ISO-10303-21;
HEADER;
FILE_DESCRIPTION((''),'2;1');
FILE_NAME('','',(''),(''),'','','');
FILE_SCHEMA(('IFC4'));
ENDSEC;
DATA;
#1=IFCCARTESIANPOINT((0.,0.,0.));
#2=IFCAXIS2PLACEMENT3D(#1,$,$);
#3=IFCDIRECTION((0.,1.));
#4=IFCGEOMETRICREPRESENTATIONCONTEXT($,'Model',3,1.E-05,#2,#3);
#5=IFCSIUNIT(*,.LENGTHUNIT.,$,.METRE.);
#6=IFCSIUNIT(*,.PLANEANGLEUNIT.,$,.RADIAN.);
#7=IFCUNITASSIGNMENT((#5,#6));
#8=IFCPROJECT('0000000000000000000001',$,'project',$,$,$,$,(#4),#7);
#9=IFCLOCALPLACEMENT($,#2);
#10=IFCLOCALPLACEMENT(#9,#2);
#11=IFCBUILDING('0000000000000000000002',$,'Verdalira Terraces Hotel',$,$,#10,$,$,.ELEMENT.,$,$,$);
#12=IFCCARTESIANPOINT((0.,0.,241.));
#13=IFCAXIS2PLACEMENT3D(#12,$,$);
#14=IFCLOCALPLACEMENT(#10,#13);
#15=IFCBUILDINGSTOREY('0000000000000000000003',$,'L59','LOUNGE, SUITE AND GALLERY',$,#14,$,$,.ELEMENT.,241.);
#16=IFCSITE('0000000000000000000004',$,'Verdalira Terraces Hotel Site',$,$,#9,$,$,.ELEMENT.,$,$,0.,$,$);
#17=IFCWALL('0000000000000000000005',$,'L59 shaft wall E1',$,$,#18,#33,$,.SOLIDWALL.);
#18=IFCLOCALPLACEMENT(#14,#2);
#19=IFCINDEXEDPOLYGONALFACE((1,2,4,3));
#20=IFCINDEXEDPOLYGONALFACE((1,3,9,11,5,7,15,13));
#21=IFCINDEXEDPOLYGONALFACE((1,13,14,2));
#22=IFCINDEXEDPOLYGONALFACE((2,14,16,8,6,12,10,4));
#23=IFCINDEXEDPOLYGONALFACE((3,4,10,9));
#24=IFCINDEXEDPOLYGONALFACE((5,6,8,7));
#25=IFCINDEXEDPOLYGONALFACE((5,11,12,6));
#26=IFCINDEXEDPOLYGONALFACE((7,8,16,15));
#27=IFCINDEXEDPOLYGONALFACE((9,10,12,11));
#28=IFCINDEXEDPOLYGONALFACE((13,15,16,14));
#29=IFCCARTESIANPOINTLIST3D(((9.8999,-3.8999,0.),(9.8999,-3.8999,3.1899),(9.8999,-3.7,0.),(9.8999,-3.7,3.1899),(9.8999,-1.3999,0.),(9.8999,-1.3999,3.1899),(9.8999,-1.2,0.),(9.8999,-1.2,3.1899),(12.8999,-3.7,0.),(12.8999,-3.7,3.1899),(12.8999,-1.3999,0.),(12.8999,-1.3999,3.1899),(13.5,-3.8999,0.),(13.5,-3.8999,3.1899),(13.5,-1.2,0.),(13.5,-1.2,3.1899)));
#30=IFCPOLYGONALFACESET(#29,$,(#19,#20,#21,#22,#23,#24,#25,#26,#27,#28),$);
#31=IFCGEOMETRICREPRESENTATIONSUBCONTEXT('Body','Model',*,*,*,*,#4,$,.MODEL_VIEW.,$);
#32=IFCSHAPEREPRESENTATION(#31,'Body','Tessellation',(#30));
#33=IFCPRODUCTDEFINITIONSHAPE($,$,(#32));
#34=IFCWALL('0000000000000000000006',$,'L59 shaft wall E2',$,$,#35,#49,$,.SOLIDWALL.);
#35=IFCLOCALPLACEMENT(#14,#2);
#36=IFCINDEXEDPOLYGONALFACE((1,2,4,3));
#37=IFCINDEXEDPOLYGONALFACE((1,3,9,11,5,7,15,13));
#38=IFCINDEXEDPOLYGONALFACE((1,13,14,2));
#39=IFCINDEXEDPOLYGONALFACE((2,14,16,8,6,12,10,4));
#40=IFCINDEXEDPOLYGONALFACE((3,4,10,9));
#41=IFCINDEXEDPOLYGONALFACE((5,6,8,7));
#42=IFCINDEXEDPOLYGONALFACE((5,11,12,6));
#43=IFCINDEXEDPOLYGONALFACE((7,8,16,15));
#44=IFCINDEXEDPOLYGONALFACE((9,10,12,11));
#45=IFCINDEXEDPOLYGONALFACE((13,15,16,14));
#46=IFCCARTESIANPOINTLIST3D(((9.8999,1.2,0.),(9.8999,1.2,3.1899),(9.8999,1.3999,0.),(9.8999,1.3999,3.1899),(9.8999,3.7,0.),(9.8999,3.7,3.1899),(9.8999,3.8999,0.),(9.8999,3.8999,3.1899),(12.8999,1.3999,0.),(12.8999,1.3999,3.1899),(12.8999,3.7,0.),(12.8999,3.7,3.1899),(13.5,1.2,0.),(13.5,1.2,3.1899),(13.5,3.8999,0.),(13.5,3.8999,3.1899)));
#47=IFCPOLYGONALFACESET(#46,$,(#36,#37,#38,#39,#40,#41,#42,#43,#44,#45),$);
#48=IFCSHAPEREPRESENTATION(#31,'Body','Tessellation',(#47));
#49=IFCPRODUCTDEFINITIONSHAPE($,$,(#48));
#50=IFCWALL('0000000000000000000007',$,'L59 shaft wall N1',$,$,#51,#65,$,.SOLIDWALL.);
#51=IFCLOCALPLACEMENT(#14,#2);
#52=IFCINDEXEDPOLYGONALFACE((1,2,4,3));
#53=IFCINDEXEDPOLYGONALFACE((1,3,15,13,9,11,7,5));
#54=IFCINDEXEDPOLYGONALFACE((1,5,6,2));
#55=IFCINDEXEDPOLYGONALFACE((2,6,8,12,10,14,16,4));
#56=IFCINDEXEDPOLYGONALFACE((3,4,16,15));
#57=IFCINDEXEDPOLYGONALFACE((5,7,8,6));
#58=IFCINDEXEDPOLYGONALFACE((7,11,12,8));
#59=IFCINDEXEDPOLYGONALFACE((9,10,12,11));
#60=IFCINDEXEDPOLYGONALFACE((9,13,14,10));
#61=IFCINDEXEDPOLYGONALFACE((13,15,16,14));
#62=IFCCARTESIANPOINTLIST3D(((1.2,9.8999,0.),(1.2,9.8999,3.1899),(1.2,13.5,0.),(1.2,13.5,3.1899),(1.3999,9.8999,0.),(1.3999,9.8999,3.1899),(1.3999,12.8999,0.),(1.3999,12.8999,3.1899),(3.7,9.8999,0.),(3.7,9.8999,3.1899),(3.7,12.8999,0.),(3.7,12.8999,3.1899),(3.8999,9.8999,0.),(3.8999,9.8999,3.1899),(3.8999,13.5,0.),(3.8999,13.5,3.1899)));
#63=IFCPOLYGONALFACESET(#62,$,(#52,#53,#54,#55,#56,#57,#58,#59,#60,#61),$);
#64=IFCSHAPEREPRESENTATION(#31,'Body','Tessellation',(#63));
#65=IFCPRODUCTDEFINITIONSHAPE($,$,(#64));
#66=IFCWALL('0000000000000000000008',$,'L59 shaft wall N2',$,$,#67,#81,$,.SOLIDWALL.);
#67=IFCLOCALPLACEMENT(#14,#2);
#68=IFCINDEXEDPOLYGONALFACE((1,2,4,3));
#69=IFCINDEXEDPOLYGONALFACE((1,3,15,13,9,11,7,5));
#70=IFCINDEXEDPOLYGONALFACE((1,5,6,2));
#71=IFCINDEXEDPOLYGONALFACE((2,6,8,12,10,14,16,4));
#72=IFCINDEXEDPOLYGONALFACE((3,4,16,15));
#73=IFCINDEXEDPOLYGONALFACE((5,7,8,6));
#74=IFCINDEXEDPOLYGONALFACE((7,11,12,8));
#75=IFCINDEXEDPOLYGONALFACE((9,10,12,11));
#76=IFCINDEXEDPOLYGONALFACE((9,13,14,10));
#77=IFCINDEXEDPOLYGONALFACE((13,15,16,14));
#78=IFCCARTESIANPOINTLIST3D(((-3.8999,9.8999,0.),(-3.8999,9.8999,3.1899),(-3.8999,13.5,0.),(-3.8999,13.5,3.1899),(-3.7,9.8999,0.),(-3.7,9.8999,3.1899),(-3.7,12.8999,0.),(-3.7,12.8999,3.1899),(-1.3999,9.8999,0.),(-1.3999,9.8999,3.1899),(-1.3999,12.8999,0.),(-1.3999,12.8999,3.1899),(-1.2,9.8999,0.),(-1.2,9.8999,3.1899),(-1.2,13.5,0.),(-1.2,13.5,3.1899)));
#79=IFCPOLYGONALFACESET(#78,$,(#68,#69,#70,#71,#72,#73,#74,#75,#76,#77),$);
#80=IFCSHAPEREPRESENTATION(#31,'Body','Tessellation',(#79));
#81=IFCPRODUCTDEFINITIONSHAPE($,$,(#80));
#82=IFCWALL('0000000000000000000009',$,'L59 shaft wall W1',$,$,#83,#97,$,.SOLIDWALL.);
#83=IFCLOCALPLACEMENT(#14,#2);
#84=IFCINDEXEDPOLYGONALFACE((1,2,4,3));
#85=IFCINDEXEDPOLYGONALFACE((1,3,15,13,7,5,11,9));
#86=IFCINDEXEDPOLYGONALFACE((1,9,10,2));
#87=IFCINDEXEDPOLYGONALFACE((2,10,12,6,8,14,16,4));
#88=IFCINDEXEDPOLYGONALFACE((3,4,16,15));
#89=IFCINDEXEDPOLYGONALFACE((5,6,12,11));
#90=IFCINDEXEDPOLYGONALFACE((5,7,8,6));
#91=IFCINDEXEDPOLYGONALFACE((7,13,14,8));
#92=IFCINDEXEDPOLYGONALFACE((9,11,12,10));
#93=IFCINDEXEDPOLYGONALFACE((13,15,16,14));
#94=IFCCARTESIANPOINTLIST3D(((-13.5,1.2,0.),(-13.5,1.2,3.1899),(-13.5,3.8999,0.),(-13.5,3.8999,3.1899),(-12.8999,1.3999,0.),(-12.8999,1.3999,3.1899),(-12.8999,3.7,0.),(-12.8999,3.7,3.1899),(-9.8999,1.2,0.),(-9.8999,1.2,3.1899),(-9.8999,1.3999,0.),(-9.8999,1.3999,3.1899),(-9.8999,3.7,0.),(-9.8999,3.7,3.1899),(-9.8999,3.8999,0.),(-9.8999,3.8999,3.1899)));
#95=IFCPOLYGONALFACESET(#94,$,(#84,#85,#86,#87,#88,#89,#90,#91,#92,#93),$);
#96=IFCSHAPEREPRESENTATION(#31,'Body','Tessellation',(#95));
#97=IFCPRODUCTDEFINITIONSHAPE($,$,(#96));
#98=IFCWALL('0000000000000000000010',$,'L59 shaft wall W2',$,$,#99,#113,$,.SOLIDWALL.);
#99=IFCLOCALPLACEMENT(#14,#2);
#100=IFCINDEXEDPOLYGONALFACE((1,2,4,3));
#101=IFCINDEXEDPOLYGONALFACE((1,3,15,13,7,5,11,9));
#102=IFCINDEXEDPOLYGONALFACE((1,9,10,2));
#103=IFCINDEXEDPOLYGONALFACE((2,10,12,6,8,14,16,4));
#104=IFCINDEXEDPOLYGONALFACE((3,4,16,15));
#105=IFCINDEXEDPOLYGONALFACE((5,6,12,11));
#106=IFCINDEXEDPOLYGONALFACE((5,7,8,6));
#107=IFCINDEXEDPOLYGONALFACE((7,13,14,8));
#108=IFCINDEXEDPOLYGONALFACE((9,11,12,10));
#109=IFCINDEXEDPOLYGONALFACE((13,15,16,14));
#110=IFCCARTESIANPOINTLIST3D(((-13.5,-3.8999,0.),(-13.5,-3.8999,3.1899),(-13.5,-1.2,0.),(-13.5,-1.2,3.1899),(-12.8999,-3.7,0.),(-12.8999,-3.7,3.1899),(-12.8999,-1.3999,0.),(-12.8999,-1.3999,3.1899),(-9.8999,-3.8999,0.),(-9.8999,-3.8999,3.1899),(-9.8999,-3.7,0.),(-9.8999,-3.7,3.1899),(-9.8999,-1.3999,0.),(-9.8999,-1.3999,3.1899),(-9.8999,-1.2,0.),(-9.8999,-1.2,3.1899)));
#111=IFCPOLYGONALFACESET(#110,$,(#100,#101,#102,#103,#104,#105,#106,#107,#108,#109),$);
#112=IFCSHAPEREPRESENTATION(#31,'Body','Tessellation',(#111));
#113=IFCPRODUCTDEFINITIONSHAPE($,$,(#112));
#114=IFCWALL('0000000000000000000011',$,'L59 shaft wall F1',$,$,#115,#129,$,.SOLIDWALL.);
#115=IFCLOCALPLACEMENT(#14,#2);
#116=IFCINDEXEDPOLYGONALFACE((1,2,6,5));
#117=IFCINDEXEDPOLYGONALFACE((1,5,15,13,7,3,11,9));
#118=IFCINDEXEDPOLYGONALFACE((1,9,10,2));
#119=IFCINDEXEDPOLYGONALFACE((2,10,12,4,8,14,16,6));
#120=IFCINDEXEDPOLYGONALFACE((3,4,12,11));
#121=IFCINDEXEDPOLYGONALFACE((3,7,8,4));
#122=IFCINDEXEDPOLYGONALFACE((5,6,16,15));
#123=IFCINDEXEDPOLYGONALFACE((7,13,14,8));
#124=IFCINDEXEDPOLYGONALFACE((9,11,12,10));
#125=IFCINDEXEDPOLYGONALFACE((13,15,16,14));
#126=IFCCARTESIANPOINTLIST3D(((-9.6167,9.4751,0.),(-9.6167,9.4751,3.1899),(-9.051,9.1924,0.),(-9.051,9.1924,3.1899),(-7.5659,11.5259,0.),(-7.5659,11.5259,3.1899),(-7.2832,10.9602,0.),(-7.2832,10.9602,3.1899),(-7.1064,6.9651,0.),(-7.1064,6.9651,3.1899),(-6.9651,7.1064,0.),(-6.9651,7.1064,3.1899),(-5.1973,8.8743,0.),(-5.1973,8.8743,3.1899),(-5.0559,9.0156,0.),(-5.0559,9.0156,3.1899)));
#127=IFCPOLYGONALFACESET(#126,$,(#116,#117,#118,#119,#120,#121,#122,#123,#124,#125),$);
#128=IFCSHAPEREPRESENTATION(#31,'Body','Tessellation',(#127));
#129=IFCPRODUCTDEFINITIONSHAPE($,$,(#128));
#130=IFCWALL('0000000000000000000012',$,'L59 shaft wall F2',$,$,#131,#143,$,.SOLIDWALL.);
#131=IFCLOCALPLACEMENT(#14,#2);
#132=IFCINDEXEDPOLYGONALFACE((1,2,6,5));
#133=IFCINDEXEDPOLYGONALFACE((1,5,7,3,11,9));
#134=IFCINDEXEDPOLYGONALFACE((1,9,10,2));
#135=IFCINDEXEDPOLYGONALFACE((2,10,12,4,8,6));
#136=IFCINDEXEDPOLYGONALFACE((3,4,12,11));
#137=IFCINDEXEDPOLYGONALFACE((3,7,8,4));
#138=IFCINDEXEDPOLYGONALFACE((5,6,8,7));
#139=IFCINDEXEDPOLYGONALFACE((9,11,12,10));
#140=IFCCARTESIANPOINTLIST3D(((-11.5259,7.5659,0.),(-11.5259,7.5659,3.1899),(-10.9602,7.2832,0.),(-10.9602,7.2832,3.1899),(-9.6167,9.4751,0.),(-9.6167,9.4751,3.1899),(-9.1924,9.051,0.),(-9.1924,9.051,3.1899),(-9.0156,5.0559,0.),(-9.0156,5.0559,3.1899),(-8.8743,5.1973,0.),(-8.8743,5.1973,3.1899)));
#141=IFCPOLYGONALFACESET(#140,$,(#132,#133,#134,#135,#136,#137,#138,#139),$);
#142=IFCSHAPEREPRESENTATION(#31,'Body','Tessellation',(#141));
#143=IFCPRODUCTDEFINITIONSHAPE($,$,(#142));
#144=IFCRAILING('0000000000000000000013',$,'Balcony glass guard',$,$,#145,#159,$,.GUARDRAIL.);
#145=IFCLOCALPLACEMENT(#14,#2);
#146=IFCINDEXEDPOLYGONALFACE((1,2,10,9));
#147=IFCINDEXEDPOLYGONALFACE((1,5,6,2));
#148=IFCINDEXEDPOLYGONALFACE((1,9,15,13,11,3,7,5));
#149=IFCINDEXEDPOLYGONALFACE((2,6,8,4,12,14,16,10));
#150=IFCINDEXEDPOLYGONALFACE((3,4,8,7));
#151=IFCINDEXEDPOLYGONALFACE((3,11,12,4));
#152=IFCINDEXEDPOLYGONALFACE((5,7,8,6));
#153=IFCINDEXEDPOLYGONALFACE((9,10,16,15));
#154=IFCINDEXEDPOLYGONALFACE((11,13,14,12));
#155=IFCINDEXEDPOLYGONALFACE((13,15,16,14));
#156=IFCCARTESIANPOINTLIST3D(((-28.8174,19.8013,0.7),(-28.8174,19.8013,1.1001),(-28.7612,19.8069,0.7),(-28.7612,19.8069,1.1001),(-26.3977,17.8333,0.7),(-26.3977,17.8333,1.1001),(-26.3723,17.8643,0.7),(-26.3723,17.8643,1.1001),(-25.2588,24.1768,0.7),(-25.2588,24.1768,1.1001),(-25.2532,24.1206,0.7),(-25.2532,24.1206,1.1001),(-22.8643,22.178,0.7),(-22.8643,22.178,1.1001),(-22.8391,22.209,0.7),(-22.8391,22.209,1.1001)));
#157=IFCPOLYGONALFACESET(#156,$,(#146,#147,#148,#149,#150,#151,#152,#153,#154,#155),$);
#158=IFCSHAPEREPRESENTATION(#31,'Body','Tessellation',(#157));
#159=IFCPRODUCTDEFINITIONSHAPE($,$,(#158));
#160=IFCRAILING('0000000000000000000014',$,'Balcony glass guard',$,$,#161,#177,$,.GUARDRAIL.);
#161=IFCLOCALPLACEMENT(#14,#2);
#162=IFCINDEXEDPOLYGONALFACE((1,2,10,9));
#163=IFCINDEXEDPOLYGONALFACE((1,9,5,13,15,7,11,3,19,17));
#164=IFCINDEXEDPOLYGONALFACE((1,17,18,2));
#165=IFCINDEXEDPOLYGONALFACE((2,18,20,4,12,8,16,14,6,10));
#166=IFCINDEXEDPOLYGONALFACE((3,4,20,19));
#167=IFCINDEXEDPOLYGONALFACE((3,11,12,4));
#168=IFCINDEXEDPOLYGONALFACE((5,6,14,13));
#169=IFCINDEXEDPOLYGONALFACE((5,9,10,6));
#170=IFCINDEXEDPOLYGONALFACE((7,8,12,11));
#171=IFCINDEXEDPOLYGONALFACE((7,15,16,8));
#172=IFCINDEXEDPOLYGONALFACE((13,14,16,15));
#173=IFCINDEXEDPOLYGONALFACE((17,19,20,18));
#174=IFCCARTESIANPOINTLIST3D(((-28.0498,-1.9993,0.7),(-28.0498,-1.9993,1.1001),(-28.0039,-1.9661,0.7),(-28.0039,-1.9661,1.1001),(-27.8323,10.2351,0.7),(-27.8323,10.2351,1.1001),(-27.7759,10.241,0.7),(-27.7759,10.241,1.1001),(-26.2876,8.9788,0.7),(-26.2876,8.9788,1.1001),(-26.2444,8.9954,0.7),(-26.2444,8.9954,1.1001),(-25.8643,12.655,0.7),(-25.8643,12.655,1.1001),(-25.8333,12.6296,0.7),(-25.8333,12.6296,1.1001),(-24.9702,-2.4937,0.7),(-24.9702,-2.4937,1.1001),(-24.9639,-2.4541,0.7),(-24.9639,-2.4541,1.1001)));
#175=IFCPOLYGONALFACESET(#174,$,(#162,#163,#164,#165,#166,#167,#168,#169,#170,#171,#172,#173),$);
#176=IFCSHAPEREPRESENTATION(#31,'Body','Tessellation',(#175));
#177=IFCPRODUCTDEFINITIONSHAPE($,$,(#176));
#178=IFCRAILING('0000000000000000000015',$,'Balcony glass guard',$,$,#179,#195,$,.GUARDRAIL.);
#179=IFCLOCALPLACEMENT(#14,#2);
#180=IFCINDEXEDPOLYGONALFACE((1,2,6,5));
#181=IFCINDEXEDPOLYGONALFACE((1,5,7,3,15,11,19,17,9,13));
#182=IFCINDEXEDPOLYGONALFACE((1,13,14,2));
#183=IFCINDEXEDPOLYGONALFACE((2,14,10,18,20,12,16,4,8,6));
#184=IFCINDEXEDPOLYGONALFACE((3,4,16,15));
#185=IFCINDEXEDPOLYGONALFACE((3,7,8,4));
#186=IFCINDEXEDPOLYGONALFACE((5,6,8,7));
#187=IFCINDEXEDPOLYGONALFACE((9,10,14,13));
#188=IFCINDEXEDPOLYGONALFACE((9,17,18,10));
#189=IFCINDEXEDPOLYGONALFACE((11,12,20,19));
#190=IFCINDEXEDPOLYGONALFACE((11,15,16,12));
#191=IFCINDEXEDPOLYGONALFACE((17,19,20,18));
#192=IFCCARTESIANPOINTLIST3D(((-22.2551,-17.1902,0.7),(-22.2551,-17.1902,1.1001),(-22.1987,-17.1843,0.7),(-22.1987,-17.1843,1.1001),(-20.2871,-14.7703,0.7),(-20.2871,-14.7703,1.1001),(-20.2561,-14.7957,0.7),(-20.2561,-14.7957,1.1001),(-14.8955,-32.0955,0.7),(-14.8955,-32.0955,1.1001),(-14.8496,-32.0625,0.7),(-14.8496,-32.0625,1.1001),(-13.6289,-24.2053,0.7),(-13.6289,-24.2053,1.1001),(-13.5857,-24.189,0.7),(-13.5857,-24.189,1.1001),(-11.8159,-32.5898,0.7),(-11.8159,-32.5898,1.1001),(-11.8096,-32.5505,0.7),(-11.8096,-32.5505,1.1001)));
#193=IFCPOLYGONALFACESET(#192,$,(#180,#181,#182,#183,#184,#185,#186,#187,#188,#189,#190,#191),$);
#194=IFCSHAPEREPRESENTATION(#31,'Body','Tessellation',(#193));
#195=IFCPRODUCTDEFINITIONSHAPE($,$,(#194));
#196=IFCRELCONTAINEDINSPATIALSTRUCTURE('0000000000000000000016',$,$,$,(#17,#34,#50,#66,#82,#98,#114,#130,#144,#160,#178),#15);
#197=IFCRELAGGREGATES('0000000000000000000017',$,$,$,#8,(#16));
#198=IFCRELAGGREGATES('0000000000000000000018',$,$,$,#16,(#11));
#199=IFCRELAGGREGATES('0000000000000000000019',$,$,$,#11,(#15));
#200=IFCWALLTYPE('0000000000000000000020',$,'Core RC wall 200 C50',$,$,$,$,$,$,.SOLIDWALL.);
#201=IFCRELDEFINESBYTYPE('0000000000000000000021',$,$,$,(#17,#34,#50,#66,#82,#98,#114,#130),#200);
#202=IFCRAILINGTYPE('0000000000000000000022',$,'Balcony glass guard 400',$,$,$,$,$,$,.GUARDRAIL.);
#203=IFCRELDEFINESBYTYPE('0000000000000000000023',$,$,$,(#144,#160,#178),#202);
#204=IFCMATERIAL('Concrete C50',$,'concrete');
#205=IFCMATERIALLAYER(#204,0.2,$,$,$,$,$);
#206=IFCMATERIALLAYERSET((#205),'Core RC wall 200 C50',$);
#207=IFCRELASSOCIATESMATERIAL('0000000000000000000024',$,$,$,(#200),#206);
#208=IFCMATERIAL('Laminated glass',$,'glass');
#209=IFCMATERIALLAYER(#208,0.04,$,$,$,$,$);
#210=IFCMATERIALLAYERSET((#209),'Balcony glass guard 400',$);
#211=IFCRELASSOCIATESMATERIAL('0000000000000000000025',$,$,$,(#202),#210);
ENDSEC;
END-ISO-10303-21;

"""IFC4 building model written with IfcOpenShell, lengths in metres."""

from ifc_helpers import new_model, si_unit, direction, frame, origin, place, context, subcontext, project, spatial, polyline, outline, extrude, material, layer, layer_set, type_object, element, save


model = new_model("IFC4")

# Units and contexts
model_context = context("Model", 3, precision=1e-05, world=origin(), true_north=direction((0.0, 1.0)))
body_context = subcontext(model_context, "Body", "Model", "MODEL_VIEW")
ifc_project = project(units=[si_unit("LENGTHUNIT", "METRE"), si_unit("PLANEANGLEUNIT", "RADIAN")], contexts=[model_context])

# Site, building, storey
site_placement = place(None, origin())
site = spatial("IfcSite", under=ifc_project, at=site_placement, Name="Verdalira Terraces Hotel Site", CompositionType="ELEMENT", RefElevation=0.0)
building_placement = place(site_placement, origin())
building = spatial("IfcBuilding", under=site, at=building_placement, Name="Verdalira Terraces Hotel", CompositionType="ELEMENT")
storey_placement = place(building_placement, frame((0.0, 0.0, 241.0)))
storey = spatial("IfcBuildingStorey", under=building, at=storey_placement, Name="L59", Description="LOUNGE, SUITE AND GALLERY", CompositionType="ELEMENT", Elevation=241.0)

# Walls
ifc_material_1 = material(Name="Concrete C50", Category="concrete")
ifc_layer_1 = layer(ifc_material_1, 0.2)
ifc_layer_set_1 = layer_set([ifc_layer_1], Name="Core RC wall 200 C50")
wall_type = type_object("IfcWallType", Name="Core RC wall 200 C50", PredefinedType="SOLIDWALL", material=ifc_layer_set_1)
wall_1_placement = place(storey_placement, origin())
element("IfcWall", 1, at=wall_1_placement, inside=storey, type_object=wall_type, Name="L59 shaft wall E1", PredefinedType="SOLIDWALL", context=body_context, shape_type="SweptSolid", body=[
    extrude(outline(polyline([(13.5, -3.8999), (9.8999, -3.8999), (9.8999, -3.7), (12.8999, -3.7), (12.8999, -1.3999), (9.8999, -1.3999), (9.8999, -1.2), (13.5, -1.2), (13.5, -3.8999)])), origin(), (0.0, 0.0, 1.0), 3.1899),
])
wall_2_placement = place(storey_placement, origin())
element("IfcWall", 2, at=wall_2_placement, inside=storey, type_object=wall_type, Name="L59 shaft wall E2", PredefinedType="SOLIDWALL", context=body_context, shape_type="SweptSolid", body=[
    extrude(outline(polyline([(13.5, 3.8999), (13.5, 1.2), (9.8999, 1.2), (9.8999, 1.3999), (12.8999, 1.3999), (12.8999, 3.7), (9.8999, 3.7), (9.8999, 3.8999), (13.5, 3.8999)])), origin(), (0.0, 0.0, 1.0), 3.1899),
])
wall_3_placement = place(storey_placement, origin())
element("IfcWall", 3, at=wall_3_placement, inside=storey, type_object=wall_type, Name="L59 shaft wall N1", PredefinedType="SOLIDWALL", context=body_context, shape_type="SweptSolid", body=[
    extrude(outline(polyline([(3.8999, 9.8999), (3.7, 9.8999), (3.7, 12.8999), (1.3999, 12.8999), (1.3999, 9.8999), (1.2, 9.8999), (1.2, 13.5), (3.8999, 13.5), (3.8999, 9.8999)])), origin(), (0.0, 0.0, 1.0), 3.1899),
])
wall_4_placement = place(storey_placement, origin())
element("IfcWall", 4, at=wall_4_placement, inside=storey, type_object=wall_type, Name="L59 shaft wall N2", PredefinedType="SOLIDWALL", context=body_context, shape_type="SweptSolid", body=[
    extrude(outline(polyline([(-3.8999, 13.5), (-1.2, 13.5), (-1.2, 9.8999), (-1.3999, 9.8999), (-1.3999, 12.8999), (-3.7, 12.8999), (-3.7, 9.8999), (-3.8999, 9.8999), (-3.8999, 13.5)])), origin(), (0.0, 0.0, 1.0), 3.1899),
])
wall_5_placement = place(storey_placement, origin())
element("IfcWall", 5, at=wall_5_placement, inside=storey, type_object=wall_type, Name="L59 shaft wall W1", PredefinedType="SOLIDWALL", context=body_context, shape_type="SweptSolid", body=[
    extrude(outline(polyline([(-13.5, 3.8999), (-9.8999, 3.8999), (-9.8999, 3.7), (-12.8999, 3.7), (-12.8999, 1.3999), (-9.8999, 1.3999), (-9.8999, 1.2), (-13.5, 1.2), (-13.5, 3.8999)])), origin(), (0.0, 0.0, 1.0), 3.1899),
])
wall_6_placement = place(storey_placement, origin())
element("IfcWall", 6, at=wall_6_placement, inside=storey, type_object=wall_type, Name="L59 shaft wall W2", PredefinedType="SOLIDWALL", context=body_context, shape_type="SweptSolid", body=[
    extrude(outline(polyline([(-13.5, -3.8999), (-13.5, -1.2), (-9.8999, -1.2), (-9.8999, -1.3999), (-12.8999, -1.3999), (-12.8999, -3.7), (-9.8999, -3.7), (-9.8999, -3.8999), (-13.5, -3.8999)])), origin(), (0.0, 0.0, 1.0), 3.1899),
])
wall_7_placement = place(storey_placement, origin())
element("IfcWall", 7, at=wall_7_placement, inside=storey, type_object=wall_type, Name="L59 shaft wall F1", PredefinedType="SOLIDWALL", context=body_context, shape_type="SweptSolid", body=[
    extrude(outline(polyline([(-9.6167, 9.4751), (-7.5659, 11.5259), (-5.0559, 9.0156), (-5.1973, 8.8743), (-7.2832, 10.9602), (-9.051, 9.1924), (-6.9651, 7.1064), (-7.1064, 6.9651), (-9.6167, 9.4751)])), origin(), (0.0, 0.0, 1.0), 3.1899),
])
wall_8_placement = place(storey_placement, origin())
element("IfcWall", 8, at=wall_8_placement, inside=storey, type_object=wall_type, Name="L59 shaft wall F2", PredefinedType="SOLIDWALL", context=body_context, shape_type="SweptSolid", body=[
    extrude(outline(polyline([(-11.5259, 7.5659), (-9.6167, 9.4751), (-9.1924, 9.051), (-10.9602, 7.2832), (-8.8743, 5.1973), (-9.0156, 5.0559), (-11.5259, 7.5659)])), origin(), (0.0, 0.0, 1.0), 3.1899),
])

# Railings
ifc_material_2 = material(Name="Laminated glass", Category="glass")
ifc_layer_2 = layer(ifc_material_2, 0.04)
ifc_layer_set_2 = layer_set([ifc_layer_2], Name="Balcony glass guard 400")
railing_type = type_object("IfcRailingType", Name="Balcony glass guard 400", PredefinedType="GUARDRAIL", material=ifc_layer_set_2)
railing_1_placement = place(storey_placement, frame((0.0, 0.0, 0.7)))
element("IfcRailing", 9, at=railing_1_placement, inside=storey, type_object=railing_type, Name="Balcony glass guard", PredefinedType="GUARDRAIL", context=body_context, shape_type="SweptSolid", body=[
    extrude(outline(polyline([(-25.2532, 24.1206), (-28.7612, 19.8069), (-26.3723, 17.8643), (-26.3977, 17.8333), (-28.8174, 19.8013), (-25.2588, 24.1768), (-22.8391, 22.209), (-22.8643, 22.178), (-25.2532, 24.1206)])), origin(), (0.0, 0.0, 1.0), 0.4001),
])
railing_2_placement = place(storey_placement, frame((0.0, 0.0, 0.7)))
element("IfcRailing", 10, at=railing_2_placement, inside=storey, type_object=railing_type, Name="Balcony glass guard", PredefinedType="GUARDRAIL", context=body_context, shape_type="SweptSolid", body=[
    extrude(outline(polyline([(-27.7759, 10.241), (-26.2444, 8.9954), (-28.0039, -1.9661), (-24.9639, -2.4541), (-24.9702, -2.4937), (-28.0498, -1.9993), (-26.2876, 8.9788), (-27.8323, 10.2351), (-25.8643, 12.655), (-25.8333, 12.6296), (-27.7759, 10.241)])), origin(), (0.0, 0.0, 1.0), 0.4001),
])
railing_3_placement = place(storey_placement, frame((0.0, 0.0, 0.7)))
element("IfcRailing", 11, at=railing_3_placement, inside=storey, type_object=railing_type, Name="Balcony glass guard", PredefinedType="GUARDRAIL", context=body_context, shape_type="SweptSolid", body=[
    extrude(outline(polyline([(-22.1987, -17.1843), (-13.5857, -24.189), (-14.8496, -32.0625), (-11.8096, -32.5505), (-11.8159, -32.5898), (-14.8955, -32.0955), (-13.6289, -24.2053), (-22.2551, -17.1902), (-20.2871, -14.7703), (-20.2561, -14.7957), (-22.1987, -17.1843)])), origin(), (0.0, 0.0, 1.0), 0.4001),
])

save(model, "model.ifc")
